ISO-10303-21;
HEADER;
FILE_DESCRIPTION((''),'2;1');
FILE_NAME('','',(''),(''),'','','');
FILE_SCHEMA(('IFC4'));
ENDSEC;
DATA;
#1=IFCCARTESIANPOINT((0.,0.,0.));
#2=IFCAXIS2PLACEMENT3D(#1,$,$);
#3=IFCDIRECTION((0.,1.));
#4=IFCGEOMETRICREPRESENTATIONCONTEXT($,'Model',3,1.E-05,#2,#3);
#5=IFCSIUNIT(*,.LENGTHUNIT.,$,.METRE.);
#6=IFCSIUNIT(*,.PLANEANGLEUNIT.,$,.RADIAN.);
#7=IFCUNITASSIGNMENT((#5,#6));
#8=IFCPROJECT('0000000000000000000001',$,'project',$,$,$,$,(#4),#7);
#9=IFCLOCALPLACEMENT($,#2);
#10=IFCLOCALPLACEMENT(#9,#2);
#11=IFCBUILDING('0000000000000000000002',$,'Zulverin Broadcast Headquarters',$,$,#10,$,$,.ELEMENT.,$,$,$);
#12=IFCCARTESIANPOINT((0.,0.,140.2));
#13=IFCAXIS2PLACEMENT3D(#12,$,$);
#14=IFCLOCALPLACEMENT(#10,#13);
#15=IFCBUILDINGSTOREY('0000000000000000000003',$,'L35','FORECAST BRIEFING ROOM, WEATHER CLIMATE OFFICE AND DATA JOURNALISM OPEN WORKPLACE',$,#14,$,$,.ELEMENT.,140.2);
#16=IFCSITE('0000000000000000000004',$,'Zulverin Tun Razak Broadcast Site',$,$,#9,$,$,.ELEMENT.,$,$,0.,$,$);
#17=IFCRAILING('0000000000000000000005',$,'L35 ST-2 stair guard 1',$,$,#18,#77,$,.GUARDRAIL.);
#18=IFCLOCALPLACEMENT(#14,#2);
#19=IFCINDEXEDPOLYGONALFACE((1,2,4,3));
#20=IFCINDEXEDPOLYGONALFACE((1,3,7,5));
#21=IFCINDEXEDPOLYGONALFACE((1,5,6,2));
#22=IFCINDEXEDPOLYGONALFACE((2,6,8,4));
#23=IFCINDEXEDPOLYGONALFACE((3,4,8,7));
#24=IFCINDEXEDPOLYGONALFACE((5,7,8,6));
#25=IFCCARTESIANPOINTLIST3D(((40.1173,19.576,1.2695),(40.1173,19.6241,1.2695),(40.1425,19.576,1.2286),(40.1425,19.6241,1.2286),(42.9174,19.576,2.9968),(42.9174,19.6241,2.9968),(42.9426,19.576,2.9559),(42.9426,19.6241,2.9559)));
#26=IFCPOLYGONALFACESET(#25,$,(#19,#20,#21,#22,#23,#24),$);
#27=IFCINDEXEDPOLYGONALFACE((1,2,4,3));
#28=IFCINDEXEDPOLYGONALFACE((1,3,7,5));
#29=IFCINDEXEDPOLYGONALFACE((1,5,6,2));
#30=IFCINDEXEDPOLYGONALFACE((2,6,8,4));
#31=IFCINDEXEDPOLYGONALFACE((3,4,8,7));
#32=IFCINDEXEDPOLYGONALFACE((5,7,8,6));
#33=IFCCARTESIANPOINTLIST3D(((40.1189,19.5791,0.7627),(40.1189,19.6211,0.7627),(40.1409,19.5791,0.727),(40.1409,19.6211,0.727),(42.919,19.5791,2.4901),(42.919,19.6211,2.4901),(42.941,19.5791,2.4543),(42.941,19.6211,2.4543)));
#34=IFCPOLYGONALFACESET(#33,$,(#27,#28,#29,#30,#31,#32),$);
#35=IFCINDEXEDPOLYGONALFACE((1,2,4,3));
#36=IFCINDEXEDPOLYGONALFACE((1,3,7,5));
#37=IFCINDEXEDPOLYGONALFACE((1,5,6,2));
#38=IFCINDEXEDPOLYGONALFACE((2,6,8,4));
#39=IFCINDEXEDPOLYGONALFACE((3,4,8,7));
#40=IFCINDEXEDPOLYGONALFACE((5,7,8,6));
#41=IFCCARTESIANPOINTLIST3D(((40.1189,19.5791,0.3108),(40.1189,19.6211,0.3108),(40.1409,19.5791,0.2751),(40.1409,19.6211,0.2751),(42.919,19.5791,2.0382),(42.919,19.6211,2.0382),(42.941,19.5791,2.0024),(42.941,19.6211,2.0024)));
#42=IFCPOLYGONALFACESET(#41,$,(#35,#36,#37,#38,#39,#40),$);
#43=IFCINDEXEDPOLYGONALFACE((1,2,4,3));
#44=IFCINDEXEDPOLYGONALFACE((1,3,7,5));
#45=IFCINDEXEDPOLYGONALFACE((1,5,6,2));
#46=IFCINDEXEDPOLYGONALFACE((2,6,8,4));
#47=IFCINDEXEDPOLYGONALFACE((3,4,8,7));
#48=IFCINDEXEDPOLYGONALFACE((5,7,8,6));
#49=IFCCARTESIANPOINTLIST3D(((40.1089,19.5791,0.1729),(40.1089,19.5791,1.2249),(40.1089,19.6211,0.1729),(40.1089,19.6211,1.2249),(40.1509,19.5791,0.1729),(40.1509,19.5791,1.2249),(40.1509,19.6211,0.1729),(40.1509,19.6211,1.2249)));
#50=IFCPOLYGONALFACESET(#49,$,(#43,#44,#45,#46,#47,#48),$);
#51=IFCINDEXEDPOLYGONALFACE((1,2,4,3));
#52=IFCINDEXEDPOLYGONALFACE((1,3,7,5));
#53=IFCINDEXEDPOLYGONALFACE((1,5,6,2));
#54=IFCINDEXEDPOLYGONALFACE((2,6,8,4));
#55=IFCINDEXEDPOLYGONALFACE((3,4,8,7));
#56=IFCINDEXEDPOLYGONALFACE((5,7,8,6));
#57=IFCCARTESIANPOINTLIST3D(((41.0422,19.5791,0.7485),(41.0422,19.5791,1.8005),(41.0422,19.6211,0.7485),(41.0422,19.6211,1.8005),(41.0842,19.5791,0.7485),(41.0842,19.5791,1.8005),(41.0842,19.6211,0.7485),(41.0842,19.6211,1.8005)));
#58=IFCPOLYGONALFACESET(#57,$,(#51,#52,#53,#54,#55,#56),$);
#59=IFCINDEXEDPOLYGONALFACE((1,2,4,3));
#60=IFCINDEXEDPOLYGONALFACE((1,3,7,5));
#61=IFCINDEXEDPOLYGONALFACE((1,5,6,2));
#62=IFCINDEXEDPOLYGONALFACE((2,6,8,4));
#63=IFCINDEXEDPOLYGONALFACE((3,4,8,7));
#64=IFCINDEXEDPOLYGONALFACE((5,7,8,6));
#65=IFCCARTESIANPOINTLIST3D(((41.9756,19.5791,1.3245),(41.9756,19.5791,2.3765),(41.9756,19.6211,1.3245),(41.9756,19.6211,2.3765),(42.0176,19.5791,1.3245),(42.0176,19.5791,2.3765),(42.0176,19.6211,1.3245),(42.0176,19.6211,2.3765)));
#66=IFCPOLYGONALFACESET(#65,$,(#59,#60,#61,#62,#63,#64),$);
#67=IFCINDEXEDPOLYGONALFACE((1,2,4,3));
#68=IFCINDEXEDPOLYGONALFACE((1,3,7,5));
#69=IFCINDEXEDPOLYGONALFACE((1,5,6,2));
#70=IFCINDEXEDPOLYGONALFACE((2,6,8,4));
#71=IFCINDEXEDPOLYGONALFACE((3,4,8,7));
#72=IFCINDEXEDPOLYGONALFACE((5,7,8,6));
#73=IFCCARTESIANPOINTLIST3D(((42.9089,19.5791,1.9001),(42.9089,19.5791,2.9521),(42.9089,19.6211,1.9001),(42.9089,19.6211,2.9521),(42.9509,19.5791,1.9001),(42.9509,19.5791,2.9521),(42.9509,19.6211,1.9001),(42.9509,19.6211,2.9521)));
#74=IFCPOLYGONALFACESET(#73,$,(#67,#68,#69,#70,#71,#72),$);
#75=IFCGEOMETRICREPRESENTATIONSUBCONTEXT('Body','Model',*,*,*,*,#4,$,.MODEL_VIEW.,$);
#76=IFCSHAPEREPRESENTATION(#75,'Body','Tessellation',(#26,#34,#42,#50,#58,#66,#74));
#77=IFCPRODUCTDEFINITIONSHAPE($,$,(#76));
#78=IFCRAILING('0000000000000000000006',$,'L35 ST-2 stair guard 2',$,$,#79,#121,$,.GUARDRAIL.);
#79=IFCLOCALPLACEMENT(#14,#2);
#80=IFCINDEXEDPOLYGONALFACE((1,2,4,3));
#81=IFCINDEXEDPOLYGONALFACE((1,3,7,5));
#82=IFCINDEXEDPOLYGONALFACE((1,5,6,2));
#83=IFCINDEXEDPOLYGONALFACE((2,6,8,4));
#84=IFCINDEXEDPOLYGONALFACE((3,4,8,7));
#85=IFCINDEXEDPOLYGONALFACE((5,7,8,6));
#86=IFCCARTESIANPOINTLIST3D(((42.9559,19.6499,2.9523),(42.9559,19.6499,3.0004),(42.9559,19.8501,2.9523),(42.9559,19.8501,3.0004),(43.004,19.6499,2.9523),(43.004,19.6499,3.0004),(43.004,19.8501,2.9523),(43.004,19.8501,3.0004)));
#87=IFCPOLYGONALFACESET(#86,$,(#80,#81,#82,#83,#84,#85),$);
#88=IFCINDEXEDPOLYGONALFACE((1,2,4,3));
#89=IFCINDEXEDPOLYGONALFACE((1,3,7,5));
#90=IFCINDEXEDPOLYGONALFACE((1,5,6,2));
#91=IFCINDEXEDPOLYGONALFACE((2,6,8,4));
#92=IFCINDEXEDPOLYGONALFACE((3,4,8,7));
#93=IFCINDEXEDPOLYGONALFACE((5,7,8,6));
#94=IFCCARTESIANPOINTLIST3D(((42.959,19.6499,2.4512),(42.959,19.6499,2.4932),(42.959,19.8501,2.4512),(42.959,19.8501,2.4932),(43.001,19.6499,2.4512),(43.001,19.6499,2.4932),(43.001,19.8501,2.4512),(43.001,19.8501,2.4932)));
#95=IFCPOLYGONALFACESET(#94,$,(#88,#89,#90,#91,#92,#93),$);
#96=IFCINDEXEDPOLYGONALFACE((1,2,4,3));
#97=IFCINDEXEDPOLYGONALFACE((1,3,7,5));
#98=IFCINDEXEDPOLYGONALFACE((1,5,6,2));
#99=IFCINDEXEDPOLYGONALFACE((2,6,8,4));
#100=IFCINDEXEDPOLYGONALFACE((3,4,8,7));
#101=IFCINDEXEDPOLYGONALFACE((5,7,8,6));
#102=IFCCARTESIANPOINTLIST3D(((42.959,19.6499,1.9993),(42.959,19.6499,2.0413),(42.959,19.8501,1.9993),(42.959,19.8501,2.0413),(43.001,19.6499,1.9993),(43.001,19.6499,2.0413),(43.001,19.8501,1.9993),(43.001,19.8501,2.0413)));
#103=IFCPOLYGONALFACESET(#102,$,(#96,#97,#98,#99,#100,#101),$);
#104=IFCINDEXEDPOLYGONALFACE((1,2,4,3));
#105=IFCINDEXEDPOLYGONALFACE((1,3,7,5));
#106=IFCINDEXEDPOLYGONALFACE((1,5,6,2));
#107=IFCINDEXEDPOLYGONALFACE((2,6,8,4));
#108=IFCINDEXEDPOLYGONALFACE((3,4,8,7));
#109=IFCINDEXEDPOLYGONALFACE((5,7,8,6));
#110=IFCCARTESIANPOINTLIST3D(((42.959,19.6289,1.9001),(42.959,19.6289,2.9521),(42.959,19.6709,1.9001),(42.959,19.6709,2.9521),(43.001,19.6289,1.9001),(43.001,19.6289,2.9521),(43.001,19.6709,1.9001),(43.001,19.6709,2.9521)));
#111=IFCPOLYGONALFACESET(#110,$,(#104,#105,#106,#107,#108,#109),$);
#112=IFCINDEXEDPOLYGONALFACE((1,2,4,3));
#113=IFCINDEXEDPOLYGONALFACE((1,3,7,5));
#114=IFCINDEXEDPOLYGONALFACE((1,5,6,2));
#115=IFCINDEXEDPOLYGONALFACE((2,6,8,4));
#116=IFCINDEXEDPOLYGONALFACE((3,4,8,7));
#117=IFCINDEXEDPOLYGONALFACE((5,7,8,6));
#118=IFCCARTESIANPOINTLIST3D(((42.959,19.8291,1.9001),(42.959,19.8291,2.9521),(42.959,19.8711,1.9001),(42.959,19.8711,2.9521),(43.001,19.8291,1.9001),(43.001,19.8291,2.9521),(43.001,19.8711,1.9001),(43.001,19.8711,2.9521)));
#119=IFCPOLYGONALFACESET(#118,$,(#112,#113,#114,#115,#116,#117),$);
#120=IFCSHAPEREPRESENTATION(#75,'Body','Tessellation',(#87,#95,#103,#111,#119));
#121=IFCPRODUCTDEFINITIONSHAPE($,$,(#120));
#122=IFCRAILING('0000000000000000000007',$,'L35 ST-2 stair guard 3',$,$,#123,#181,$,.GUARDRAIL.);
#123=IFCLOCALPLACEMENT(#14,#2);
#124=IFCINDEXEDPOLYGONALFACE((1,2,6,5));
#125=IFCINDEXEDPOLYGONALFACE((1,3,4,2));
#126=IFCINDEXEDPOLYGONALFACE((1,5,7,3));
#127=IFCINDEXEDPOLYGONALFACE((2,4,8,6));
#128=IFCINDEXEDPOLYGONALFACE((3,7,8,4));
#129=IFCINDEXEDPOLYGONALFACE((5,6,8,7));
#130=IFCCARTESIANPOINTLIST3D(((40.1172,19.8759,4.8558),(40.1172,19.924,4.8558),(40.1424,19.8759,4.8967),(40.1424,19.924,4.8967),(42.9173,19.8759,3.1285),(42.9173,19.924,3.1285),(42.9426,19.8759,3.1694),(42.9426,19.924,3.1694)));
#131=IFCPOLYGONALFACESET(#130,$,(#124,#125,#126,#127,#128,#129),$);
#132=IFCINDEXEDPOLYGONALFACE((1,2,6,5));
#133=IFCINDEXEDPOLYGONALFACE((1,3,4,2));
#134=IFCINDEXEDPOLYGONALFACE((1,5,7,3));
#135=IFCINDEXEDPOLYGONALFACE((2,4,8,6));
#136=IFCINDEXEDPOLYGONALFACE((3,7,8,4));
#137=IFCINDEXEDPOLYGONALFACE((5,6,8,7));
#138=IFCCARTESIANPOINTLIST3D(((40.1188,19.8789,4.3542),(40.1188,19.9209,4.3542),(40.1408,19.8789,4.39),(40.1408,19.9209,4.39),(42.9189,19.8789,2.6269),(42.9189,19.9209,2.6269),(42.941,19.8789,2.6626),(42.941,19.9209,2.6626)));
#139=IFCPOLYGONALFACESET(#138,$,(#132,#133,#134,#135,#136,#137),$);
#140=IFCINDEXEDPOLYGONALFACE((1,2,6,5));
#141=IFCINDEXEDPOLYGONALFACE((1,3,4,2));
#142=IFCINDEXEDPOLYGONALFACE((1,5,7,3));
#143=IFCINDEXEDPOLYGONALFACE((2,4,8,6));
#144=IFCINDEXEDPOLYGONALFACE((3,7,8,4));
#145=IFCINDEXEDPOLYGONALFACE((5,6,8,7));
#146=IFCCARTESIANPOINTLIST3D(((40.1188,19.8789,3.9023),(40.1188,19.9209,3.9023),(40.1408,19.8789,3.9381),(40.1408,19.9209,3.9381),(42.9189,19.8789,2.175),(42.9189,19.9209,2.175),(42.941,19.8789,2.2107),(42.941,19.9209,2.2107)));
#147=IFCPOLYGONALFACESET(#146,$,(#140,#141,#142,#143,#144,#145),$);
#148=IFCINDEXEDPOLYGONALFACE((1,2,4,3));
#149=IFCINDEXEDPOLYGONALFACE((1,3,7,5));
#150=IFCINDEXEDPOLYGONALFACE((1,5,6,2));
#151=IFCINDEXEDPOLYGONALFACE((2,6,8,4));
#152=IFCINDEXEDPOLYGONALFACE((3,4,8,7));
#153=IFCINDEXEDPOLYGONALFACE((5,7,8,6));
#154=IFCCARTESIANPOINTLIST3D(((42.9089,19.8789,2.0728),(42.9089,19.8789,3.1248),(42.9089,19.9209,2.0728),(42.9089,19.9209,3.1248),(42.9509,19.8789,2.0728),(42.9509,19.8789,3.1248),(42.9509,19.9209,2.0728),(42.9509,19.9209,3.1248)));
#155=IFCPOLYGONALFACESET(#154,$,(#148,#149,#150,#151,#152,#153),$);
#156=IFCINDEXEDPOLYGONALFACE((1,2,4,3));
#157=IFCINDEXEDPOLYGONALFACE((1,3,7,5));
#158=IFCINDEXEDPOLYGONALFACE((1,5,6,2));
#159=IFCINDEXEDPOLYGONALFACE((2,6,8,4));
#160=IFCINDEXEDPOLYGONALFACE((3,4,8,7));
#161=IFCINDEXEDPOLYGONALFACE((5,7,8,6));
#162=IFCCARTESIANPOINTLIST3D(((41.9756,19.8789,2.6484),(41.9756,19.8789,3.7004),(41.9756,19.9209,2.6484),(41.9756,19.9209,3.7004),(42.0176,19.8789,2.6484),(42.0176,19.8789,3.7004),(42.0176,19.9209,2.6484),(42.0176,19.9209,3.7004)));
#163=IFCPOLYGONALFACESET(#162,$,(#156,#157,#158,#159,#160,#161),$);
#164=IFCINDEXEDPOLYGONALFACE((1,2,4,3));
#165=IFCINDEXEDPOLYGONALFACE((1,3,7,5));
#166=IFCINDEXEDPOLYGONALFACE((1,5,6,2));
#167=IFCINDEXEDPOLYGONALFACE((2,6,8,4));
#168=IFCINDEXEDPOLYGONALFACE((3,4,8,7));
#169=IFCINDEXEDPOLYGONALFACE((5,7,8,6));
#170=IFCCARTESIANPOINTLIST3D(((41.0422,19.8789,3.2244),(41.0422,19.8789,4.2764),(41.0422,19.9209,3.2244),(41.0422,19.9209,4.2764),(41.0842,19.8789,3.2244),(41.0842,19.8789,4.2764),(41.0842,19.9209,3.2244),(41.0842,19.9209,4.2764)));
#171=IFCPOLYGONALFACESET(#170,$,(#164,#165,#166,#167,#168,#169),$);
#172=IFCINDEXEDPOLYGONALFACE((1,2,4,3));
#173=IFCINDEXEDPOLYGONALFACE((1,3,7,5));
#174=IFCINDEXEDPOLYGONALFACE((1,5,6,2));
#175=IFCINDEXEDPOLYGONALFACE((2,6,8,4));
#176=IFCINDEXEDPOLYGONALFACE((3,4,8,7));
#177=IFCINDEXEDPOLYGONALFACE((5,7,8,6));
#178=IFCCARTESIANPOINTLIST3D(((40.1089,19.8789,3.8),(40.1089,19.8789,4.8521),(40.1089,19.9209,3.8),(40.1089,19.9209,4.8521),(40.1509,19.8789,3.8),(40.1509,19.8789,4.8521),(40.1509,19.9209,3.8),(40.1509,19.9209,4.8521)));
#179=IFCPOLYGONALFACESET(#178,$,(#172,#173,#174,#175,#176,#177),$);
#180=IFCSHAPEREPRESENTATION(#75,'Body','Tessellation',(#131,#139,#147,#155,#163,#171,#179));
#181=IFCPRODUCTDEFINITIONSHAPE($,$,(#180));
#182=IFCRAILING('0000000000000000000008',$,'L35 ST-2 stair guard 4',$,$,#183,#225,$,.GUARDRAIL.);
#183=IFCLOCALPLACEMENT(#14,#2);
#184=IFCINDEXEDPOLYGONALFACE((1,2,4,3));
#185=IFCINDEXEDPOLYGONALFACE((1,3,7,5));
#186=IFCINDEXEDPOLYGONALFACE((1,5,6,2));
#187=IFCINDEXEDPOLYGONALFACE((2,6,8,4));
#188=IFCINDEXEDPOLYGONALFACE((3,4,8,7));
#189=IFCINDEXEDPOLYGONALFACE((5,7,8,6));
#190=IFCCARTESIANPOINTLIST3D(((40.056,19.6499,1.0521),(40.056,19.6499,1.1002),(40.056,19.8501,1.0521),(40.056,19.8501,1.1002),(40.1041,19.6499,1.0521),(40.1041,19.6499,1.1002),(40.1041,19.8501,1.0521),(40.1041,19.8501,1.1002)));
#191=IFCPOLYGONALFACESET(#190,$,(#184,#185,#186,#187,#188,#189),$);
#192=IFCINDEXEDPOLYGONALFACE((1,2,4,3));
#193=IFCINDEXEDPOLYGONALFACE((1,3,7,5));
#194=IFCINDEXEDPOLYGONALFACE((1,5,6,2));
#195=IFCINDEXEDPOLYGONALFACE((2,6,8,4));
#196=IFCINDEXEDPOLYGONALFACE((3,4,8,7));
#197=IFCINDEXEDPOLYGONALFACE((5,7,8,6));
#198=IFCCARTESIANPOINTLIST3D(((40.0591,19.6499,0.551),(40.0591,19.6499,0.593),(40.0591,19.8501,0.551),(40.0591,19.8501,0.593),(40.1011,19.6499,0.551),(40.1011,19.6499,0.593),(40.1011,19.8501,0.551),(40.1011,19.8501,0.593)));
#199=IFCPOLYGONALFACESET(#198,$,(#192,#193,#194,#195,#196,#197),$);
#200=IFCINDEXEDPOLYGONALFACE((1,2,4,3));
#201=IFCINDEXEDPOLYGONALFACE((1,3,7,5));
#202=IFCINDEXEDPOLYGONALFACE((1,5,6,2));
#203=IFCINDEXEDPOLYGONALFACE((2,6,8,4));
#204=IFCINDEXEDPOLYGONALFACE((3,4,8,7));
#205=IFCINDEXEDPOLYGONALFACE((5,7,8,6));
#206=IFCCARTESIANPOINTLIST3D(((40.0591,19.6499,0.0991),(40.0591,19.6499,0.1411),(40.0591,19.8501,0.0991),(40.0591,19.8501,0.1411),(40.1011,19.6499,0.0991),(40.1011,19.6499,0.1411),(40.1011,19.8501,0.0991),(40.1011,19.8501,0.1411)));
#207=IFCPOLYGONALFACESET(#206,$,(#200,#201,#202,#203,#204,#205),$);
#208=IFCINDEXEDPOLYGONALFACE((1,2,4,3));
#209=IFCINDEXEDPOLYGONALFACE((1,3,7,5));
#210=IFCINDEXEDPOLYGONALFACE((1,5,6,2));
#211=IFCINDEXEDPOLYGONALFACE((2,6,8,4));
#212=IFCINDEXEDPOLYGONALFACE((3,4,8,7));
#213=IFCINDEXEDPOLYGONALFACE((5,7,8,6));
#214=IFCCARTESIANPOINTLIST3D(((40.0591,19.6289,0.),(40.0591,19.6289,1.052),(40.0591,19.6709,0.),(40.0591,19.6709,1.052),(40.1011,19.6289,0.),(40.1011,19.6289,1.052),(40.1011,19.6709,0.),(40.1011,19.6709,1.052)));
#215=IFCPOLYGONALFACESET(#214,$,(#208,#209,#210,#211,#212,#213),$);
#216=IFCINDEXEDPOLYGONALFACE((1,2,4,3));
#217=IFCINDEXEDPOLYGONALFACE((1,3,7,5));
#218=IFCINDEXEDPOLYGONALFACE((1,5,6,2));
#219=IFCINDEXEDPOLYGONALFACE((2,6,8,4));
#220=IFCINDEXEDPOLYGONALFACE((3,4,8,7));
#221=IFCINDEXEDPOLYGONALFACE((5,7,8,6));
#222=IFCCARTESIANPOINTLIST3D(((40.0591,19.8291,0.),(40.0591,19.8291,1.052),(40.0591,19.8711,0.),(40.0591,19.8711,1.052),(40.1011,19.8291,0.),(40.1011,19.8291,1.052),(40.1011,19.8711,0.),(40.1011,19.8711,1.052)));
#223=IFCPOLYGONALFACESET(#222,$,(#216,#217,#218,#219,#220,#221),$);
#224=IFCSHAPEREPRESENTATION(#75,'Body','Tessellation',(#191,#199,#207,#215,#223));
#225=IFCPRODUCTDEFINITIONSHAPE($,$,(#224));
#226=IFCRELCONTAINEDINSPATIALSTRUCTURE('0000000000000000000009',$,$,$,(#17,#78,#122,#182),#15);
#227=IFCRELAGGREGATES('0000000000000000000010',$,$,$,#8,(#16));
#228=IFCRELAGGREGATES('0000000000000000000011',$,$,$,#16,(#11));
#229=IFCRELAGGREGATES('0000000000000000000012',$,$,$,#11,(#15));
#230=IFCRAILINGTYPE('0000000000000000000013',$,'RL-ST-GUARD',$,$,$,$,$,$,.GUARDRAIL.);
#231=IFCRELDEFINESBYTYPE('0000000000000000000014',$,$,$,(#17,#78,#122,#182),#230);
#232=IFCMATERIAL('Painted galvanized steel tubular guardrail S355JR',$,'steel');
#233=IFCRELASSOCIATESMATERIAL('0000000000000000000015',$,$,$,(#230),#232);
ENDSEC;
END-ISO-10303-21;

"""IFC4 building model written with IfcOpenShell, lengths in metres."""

from ifc_helpers import new_model, si_unit, direction, frame, origin, origin_2d, place, context, subcontext, project, spatial, rectangle, extrude, material, type_object, element, save


model = new_model("IFC4")

# Units and contexts
model_context = context("Model", 3, precision=1e-05, world=origin(), true_north=direction((0.0, 1.0)))
body_context = subcontext(model_context, "Body", "Model", "MODEL_VIEW")
ifc_project = project(units=[si_unit("LENGTHUNIT", "METRE"), si_unit("PLANEANGLEUNIT", "RADIAN")], contexts=[model_context])

# Site, building, storey
site_placement = place(None, origin())
site = spatial("IfcSite", under=ifc_project, at=site_placement, Name="Zulverin Tun Razak Broadcast Site", CompositionType="ELEMENT", RefElevation=0.0)
building_placement = place(site_placement, origin())
building = spatial("IfcBuilding", under=site, at=building_placement, Name="Zulverin Broadcast Headquarters", CompositionType="ELEMENT")
storey_placement = place(building_placement, frame((0.0, 0.0, 140.2)))
storey = spatial("IfcBuildingStorey", under=building, at=storey_placement, Name="L35", Description="FORECAST BRIEFING ROOM, WEATHER CLIMATE OFFICE AND DATA JOURNALISM OPEN WORKPLACE", CompositionType="ELEMENT", Elevation=140.2)

# Railings
ifc_material_1 = material(Name="Painted galvanized steel tubular guardrail S355JR", Category="steel")
railing_type_1 = type_object("IfcRailingType", Name="RL-ST-GUARD", PredefinedType="GUARDRAIL", material=ifc_material_1)
railing_1_placement = place(storey_placement, frame((40.1299, 19.6001, 0.1729)))
element("IfcRailing", 1, at=railing_1_placement, inside=storey, type_object=railing_type_1, Name="L35 ST-2 stair guard 1", PredefinedType="GUARDRAIL", context=body_context, shape_type="SweptSolid", body=[
    extrude(rectangle(XDim=0.0481, YDim=0.0481, at=origin_2d()), frame((0.0, 0.0, 1.0762), z_axis=(0.85109, 0.0, 0.52502), x_axis=(0.0, 1.0, 0.0)), (0.0, 0.0, 1.0), 3.29),
    extrude(rectangle(XDim=0.042, YDim=0.042, at=origin_2d()), frame((0.0, 0.0, 0.572), z_axis=(0.85109, 0.0, 0.52502), x_axis=(0.0, 1.0, 0.0)), (0.0, 0.0, 1.0), 3.29),
    extrude(rectangle(XDim=0.042, YDim=0.042, at=origin_2d()), frame((0.0, 0.0, 0.1201), z_axis=(0.85109, 0.0, 0.52502), x_axis=(0.0, 1.0, 0.0)), (0.0, 0.0, 1.0), 3.29),
    extrude(rectangle(XDim=0.042, YDim=0.042, at=origin_2d()), origin(), (0.0, 0.0, 1.0), 1.052),
    extrude(rectangle(XDim=0.042, YDim=0.042, at=origin_2d()), frame((0.9333, 0.0, 0.5757)), (0.0, 0.0, 1.0), 1.052),
    extrude(rectangle(XDim=0.042, YDim=0.042, at=origin_2d()), frame((1.8667, 0.0, 1.1516)), (0.0, 0.0, 1.0), 1.052),
    extrude(rectangle(XDim=0.042, YDim=0.042, at=origin_2d()), frame((2.8, 0.0, 1.7273)), (0.0, 0.0, 1.0), 1.052),
])
railing_2_placement = place(storey_placement, frame((42.98, 19.6499, 1.9001)))
element("IfcRailing", 2, at=railing_2_placement, inside=storey, type_object=railing_type_1, Name="L35 ST-2 stair guard 2", PredefinedType="GUARDRAIL", context=body_context, shape_type="SweptSolid", body=[
    extrude(rectangle(XDim=0.0481, YDim=0.0481, at=origin_2d()), frame((0.0, 0.0, 1.0762), z_axis=(0.0, 1.0, 0.0), x_axis=(-1.0, 0.0, 0.0)), (0.0, 0.0, 1.0), 0.2002),
    extrude(rectangle(XDim=0.042, YDim=0.042, at=origin_2d()), frame((0.0, 0.0, 0.572), z_axis=(0.0, 1.0, 0.0), x_axis=(-1.0, 0.0, 0.0)), (0.0, 0.0, 1.0), 0.2002),
    extrude(rectangle(XDim=0.042, YDim=0.042, at=origin_2d()), frame((0.0, 0.0, 0.1201), z_axis=(0.0, 1.0, 0.0), x_axis=(-1.0, 0.0, 0.0)), (0.0, 0.0, 1.0), 0.2002),
    extrude(rectangle(XDim=0.042, YDim=0.042, at=origin_2d()), origin(), (0.0, 0.0, 1.0), 1.052),
    extrude(rectangle(XDim=0.042, YDim=0.042, at=origin_2d()), frame((0.0, 0.2002, 0.0)), (0.0, 0.0, 1.0), 1.052),
])
railing_3_placement = place(storey_placement, frame((42.9299, 19.8999, 2.0728)))
element("IfcRailing", 3, at=railing_3_placement, inside=storey, type_object=railing_type_1, Name="L35 ST-2 stair guard 3", PredefinedType="GUARDRAIL", context=body_context, shape_type="SweptSolid", body=[
    extrude(rectangle(XDim=0.0481, YDim=0.0481, at=origin_2d()), frame((0.0, 0.0, 1.0762), z_axis=(-0.85109, 0.0, 0.52502), x_axis=(0.0, -1.0, 0.0)), (0.0, 0.0, 1.0), 3.29),
    extrude(rectangle(XDim=0.042, YDim=0.042, at=origin_2d()), frame((0.0, 0.0, 0.572), z_axis=(-0.85109, 0.0, 0.52502), x_axis=(0.0, -1.0, 0.0)), (0.0, 0.0, 1.0), 3.29),
    extrude(rectangle(XDim=0.042, YDim=0.042, at=origin_2d()), frame((0.0, 0.0, 0.1201), z_axis=(-0.85109, 0.0, 0.52502), x_axis=(0.0, -1.0, 0.0)), (0.0, 0.0, 1.0), 3.29),
    extrude(rectangle(XDim=0.042, YDim=0.042, at=origin_2d()), origin(), (0.0, 0.0, 1.0), 1.052),
    extrude(rectangle(XDim=0.042, YDim=0.042, at=origin_2d()), frame((-0.9333, 0.0, 0.5757)), (0.0, 0.0, 1.0), 1.052),
    extrude(rectangle(XDim=0.042, YDim=0.042, at=origin_2d()), frame((-1.8667, 0.0, 1.1516)), (0.0, 0.0, 1.0), 1.052),
    extrude(rectangle(XDim=0.042, YDim=0.042, at=origin_2d()), frame((-2.8, 0.0, 1.7273)), (0.0, 0.0, 1.0), 1.052),
])
railing_4_placement = place(storey_placement, frame((40.0801, 19.6499, 0.0)))
element("IfcRailing", 4, at=railing_4_placement, inside=storey, type_object=railing_type_1, Name="L35 ST-2 stair guard 4", PredefinedType="GUARDRAIL", context=body_context, shape_type="SweptSolid", body=[
    extrude(rectangle(XDim=0.0481, YDim=0.0481, at=origin_2d()), frame((0.0, 0.0, 1.0762), z_axis=(0.0, 1.0, 0.0), x_axis=(-1.0, 0.0, 0.0)), (0.0, 0.0, 1.0), 0.2002),
    extrude(rectangle(XDim=0.042, YDim=0.042, at=origin_2d()), frame((0.0, 0.0, 0.572), z_axis=(0.0, 1.0, 0.0), x_axis=(-1.0, 0.0, 0.0)), (0.0, 0.0, 1.0), 0.2002),
    extrude(rectangle(XDim=0.042, YDim=0.042, at=origin_2d()), frame((0.0, 0.0, 0.1201), z_axis=(0.0, 1.0, 0.0), x_axis=(-1.0, 0.0, 0.0)), (0.0, 0.0, 1.0), 0.2002),
    extrude(rectangle(XDim=0.042, YDim=0.042, at=origin_2d()), origin(), (0.0, 0.0, 1.0), 1.052),
    extrude(rectangle(XDim=0.042, YDim=0.042, at=origin_2d()), frame((0.0, 0.2002, 0.0)), (0.0, 0.0, 1.0), 1.052),
])

save(model, "model.ifc")
